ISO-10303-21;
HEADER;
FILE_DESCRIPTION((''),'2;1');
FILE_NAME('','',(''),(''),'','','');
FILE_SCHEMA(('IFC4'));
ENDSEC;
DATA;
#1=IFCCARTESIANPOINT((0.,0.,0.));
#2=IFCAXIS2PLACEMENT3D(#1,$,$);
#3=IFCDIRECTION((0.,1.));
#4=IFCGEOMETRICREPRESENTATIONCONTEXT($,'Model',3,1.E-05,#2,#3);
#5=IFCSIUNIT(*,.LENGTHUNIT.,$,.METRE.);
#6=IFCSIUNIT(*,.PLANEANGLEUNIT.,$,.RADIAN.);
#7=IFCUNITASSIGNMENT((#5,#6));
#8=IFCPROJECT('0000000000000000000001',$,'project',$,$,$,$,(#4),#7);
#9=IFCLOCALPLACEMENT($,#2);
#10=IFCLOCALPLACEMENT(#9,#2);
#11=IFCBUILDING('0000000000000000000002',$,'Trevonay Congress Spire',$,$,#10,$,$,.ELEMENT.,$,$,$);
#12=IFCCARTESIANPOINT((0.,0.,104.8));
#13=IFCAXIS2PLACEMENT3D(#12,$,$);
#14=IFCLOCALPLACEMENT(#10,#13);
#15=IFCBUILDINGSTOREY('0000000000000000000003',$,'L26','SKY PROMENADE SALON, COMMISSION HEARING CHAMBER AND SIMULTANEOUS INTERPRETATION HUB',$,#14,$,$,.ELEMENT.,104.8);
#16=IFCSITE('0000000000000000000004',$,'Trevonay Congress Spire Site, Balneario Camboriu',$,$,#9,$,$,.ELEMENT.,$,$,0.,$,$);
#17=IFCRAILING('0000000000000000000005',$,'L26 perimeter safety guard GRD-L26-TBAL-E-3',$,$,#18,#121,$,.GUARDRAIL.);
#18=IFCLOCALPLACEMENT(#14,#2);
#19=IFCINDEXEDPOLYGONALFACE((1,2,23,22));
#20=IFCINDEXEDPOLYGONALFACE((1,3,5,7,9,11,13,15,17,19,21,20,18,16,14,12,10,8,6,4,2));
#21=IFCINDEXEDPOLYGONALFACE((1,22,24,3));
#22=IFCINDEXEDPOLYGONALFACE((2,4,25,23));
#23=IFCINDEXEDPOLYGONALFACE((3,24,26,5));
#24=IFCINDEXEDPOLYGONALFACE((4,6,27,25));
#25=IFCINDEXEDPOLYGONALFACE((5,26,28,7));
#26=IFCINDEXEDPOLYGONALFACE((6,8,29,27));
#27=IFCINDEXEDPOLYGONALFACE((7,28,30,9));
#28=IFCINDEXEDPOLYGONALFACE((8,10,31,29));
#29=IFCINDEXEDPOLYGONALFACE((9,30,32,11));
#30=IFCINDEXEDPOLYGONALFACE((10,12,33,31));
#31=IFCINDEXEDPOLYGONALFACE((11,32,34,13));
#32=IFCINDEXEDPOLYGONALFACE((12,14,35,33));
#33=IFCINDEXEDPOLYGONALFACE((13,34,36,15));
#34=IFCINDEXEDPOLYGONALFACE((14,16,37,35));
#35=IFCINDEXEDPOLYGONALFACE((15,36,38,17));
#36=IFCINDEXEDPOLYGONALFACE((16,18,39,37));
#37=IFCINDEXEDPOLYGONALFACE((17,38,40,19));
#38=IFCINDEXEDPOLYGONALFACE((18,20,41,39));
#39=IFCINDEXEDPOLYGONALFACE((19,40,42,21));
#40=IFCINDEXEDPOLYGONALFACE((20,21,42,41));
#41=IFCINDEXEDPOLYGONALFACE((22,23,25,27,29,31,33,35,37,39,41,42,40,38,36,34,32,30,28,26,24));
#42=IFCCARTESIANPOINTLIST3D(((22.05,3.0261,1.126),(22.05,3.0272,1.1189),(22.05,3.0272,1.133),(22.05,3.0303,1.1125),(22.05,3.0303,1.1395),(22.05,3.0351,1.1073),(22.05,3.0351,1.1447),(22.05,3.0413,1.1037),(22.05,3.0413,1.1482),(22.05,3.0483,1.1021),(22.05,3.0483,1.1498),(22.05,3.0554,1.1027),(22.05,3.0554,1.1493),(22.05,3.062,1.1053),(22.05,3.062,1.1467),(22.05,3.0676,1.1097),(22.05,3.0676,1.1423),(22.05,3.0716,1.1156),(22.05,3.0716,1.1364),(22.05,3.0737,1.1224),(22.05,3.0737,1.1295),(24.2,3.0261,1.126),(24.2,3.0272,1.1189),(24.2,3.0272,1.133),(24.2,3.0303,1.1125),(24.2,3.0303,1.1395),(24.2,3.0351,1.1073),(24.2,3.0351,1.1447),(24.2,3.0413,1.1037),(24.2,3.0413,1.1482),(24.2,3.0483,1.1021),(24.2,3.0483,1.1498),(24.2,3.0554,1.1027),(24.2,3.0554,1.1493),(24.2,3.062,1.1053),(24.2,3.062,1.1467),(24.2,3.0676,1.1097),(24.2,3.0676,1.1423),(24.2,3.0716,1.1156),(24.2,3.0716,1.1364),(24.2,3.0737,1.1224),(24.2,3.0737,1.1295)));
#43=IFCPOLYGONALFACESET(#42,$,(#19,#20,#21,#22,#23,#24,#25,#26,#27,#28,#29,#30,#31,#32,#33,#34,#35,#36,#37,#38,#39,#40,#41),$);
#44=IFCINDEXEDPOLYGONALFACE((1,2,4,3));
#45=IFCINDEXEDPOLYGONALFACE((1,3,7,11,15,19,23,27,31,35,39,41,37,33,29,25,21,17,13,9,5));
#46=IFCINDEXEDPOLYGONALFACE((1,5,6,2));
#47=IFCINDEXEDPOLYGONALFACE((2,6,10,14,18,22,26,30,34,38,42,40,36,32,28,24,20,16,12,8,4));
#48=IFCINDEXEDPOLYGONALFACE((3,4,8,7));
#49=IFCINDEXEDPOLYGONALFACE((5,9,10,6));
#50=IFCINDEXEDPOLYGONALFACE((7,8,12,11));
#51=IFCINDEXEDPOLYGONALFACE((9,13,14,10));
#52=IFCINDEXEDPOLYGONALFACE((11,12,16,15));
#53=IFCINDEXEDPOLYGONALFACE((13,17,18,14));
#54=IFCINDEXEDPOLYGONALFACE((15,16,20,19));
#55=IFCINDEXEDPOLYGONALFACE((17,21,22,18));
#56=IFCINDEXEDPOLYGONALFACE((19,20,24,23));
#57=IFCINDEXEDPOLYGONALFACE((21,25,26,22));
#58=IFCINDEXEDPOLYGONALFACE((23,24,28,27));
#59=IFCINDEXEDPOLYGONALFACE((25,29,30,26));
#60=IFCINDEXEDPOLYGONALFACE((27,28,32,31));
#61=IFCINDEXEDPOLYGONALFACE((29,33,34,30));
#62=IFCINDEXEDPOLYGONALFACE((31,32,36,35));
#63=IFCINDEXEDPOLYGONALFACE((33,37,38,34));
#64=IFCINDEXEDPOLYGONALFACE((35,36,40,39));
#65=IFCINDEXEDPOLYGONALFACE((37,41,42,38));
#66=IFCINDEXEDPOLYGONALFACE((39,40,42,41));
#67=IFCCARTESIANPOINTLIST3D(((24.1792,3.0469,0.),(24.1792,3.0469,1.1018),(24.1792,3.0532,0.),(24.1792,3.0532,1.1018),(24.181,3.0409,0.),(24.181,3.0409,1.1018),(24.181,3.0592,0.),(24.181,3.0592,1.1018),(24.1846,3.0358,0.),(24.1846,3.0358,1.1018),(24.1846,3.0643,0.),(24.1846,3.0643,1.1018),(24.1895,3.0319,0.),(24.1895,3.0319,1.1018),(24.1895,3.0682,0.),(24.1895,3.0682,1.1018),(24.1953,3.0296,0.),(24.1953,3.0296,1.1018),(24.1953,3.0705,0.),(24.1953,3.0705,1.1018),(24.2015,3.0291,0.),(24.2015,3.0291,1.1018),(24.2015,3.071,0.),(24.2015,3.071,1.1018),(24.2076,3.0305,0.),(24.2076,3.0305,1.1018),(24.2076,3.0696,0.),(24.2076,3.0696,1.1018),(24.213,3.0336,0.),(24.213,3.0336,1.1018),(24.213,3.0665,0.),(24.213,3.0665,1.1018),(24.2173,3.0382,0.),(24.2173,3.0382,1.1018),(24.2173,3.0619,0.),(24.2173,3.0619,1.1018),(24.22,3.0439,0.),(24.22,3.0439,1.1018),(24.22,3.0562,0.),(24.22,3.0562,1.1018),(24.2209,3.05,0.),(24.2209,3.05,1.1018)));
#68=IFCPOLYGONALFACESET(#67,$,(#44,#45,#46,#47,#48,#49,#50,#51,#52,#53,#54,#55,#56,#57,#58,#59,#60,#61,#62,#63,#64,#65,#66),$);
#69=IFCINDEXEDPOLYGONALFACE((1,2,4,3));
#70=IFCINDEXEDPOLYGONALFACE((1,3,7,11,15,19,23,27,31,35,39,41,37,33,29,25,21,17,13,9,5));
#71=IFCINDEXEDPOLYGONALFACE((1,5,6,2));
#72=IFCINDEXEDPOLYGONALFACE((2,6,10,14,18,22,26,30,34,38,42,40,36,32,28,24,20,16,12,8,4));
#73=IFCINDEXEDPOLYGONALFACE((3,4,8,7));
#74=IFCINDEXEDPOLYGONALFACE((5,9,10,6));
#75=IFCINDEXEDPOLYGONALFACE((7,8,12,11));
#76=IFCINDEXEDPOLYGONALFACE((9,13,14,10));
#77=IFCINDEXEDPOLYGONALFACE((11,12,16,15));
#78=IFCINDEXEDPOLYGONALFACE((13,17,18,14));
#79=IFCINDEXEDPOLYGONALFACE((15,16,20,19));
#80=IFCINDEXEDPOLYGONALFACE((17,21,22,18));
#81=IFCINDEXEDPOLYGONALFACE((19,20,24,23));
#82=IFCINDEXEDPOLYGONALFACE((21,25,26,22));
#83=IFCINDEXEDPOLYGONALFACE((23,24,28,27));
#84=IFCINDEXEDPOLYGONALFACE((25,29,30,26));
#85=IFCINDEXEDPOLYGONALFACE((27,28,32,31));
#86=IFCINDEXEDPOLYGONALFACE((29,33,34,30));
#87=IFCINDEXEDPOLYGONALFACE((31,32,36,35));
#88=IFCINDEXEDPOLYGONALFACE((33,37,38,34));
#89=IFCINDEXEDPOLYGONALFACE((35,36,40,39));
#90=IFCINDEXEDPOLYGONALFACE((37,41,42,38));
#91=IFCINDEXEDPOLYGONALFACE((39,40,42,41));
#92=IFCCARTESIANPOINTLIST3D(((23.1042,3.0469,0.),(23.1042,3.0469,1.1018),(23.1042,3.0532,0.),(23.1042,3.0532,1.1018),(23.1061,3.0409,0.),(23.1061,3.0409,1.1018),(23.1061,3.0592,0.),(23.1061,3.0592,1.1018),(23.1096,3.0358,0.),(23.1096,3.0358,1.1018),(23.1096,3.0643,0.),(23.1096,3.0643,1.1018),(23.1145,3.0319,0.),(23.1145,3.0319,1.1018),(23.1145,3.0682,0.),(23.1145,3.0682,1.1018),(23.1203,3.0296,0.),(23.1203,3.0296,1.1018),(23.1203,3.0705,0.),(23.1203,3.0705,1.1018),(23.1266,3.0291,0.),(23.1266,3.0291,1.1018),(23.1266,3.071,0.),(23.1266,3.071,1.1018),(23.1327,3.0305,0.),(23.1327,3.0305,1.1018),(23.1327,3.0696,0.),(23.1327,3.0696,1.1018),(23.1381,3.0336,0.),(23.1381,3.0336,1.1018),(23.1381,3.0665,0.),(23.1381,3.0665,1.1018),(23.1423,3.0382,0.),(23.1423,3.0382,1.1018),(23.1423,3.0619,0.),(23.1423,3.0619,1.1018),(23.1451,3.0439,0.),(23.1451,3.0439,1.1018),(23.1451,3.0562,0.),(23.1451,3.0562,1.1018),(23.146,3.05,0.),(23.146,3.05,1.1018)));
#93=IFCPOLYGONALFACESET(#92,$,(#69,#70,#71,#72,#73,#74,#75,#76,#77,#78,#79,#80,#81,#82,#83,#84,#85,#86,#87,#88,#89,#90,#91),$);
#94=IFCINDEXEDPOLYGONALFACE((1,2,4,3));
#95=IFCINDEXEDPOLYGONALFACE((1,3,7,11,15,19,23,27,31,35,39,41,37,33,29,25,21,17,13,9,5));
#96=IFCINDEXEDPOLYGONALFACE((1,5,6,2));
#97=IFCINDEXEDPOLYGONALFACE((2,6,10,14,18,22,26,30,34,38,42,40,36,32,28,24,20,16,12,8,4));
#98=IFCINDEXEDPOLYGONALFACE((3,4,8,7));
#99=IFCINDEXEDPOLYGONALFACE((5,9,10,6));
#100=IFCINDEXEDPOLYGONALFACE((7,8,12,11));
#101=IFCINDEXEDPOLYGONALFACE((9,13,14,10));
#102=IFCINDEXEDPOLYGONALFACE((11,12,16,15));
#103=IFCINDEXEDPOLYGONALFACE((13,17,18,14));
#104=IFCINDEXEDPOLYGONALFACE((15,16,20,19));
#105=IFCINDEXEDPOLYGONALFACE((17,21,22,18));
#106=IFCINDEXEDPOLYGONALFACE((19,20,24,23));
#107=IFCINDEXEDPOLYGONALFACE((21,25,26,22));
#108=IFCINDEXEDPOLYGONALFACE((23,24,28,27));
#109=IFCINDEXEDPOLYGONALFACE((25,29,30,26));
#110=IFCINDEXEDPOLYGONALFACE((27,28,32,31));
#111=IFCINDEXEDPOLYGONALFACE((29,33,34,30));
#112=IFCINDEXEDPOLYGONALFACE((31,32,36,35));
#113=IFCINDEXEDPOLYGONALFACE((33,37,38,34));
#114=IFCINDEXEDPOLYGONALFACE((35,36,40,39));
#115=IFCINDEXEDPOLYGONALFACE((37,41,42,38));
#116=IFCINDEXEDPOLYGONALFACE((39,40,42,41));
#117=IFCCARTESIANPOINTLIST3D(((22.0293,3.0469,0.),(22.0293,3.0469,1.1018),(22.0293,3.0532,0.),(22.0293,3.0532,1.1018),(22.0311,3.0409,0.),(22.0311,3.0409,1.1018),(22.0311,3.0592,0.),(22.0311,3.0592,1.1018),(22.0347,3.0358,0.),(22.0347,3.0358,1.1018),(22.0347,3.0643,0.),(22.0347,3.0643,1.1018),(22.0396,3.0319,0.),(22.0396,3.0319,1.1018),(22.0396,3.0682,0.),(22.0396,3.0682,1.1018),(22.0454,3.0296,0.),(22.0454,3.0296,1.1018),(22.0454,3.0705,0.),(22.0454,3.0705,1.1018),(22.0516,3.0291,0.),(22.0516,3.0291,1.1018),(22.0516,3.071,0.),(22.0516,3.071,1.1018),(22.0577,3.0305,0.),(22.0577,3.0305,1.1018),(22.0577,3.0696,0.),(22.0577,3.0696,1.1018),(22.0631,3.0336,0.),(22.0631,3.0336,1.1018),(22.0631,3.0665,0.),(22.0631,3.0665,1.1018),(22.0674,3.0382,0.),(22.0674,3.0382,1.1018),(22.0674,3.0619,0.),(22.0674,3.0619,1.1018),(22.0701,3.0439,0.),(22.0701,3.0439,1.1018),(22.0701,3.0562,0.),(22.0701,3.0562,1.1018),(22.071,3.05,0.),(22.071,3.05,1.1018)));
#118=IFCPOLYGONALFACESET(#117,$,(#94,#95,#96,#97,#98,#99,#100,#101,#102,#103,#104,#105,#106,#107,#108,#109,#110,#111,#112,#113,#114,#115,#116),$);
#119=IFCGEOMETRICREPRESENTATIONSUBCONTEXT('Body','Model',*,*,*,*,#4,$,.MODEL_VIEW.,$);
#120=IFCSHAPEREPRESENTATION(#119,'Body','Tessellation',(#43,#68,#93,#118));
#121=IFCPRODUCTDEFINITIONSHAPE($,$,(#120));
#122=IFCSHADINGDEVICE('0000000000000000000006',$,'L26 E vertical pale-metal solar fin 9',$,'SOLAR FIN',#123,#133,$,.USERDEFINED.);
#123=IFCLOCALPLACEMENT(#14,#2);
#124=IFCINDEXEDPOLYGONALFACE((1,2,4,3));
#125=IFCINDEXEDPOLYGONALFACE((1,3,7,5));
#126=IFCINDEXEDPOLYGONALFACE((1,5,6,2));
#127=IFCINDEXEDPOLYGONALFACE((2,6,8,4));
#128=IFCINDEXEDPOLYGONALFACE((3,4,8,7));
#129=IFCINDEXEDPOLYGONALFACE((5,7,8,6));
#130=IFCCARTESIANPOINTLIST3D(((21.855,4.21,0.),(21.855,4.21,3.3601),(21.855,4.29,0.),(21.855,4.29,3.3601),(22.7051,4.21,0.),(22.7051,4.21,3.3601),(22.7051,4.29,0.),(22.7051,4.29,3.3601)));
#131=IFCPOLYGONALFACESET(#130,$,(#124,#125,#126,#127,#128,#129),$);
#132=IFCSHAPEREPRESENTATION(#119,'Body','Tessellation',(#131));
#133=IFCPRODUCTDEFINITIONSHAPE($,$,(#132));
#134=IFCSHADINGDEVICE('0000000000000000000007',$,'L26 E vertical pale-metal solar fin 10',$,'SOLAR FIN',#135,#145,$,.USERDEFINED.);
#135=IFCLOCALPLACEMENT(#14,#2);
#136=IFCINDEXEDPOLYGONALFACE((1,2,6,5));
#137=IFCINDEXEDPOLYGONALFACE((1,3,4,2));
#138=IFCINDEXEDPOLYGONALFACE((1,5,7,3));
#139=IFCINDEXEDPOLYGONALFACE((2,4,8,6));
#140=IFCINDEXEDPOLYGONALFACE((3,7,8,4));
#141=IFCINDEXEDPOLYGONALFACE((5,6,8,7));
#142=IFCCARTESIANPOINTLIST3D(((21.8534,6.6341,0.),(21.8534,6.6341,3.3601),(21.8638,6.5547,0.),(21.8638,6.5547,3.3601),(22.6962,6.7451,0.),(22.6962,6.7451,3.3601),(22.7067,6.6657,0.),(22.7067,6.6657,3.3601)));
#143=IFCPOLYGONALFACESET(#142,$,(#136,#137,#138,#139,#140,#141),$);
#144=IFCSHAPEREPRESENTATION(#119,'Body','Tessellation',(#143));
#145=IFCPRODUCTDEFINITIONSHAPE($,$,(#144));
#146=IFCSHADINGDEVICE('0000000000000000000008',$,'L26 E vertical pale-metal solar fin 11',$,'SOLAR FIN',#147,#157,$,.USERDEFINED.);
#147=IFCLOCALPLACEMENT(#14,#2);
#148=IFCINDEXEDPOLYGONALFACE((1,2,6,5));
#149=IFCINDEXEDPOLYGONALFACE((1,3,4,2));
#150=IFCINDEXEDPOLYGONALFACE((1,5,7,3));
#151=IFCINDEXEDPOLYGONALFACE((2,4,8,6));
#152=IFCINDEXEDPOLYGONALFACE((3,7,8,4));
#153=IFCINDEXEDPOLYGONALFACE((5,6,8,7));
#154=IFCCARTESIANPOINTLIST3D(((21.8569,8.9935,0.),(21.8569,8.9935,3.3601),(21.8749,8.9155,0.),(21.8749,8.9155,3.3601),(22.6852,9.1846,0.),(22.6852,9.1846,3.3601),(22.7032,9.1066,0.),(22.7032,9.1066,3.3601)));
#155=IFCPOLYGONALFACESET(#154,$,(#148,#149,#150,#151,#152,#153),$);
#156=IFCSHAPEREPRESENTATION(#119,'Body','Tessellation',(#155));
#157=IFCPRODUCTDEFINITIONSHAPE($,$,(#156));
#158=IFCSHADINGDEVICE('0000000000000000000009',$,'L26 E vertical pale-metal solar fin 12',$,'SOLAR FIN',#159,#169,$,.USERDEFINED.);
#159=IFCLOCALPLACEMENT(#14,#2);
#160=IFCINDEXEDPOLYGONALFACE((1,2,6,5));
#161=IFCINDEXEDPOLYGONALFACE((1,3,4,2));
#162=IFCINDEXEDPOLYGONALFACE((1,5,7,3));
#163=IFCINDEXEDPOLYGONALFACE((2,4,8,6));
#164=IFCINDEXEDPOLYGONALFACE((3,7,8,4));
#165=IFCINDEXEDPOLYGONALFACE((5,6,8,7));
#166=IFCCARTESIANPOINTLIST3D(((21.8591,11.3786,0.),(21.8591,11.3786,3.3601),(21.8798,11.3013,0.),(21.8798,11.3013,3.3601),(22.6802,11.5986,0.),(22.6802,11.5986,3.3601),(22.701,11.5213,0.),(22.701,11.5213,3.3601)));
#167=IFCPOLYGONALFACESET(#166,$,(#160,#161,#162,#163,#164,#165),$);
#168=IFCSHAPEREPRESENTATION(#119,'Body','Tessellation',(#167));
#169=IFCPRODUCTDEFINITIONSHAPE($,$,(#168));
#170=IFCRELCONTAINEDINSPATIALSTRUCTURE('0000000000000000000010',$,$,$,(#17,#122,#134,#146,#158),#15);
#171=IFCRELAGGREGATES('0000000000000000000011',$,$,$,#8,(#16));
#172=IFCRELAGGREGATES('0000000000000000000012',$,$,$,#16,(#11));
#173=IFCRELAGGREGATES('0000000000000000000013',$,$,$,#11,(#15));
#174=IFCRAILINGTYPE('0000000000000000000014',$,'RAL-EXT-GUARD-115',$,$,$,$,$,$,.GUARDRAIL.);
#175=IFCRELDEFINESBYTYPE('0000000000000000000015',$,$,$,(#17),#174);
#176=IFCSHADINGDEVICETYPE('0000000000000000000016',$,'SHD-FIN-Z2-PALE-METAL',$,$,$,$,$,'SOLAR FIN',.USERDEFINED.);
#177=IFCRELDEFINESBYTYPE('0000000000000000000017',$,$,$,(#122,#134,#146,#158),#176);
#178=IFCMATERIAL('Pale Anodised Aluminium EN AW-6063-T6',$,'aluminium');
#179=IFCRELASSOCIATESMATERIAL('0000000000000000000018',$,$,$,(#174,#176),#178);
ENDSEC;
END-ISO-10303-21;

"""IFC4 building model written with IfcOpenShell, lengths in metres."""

from ifc_helpers import new_model, si_unit, direction, frame, origin, origin_2d, place, context, subcontext, project, spatial, rectangle, circle, extrude, material, type_object, element, save


model = new_model("IFC4")

# Units and contexts
model_context = context("Model", 3, precision=1e-05, world=origin(), true_north=direction((0.0, 1.0)))
body_context = subcontext(model_context, "Body", "Model", "MODEL_VIEW")
ifc_project = project(units=[si_unit("LENGTHUNIT", "METRE"), si_unit("PLANEANGLEUNIT", "RADIAN")], contexts=[model_context])

# Site, building, storey
site_placement = place(None, origin())
site = spatial("IfcSite", under=ifc_project, at=site_placement, Name="Trevonay Congress Spire Site, Balneario Camboriu", CompositionType="ELEMENT", RefElevation=0.0)
building_placement = place(site_placement, origin())
building = spatial("IfcBuilding", under=site, at=building_placement, Name="Trevonay Congress Spire", CompositionType="ELEMENT")
storey_placement = place(building_placement, frame((0.0, 0.0, 104.8)))
storey = spatial("IfcBuildingStorey", under=building, at=storey_placement, Name="L26", Description="SKY PROMENADE SALON, COMMISSION HEARING CHAMBER AND SIMULTANEOUS INTERPRETATION HUB", CompositionType="ELEMENT", Elevation=104.8)

# Shared definitions
ifc_material_1 = material(Name="Pale Anodised Aluminium EN AW-6063-T6", Category="aluminium")

# Railing
railing_type = type_object("IfcRailingType", Name="RAL-EXT-GUARD-115", PredefinedType="GUARDRAIL", material=ifc_material_1)
railing_placement = place(storey_placement, frame((24.2, 3.05, 0.0)))
element("IfcRailing", 1, at=railing_placement, inside=storey, type_object=railing_type, Name="L26 perimeter safety guard GRD-L26-TBAL-E-3", PredefinedType="GUARDRAIL", context=body_context, shape_type="SweptSolid", body=[
    extrude(circle(Radius=0.0239, at=origin_2d()), frame((0.0, 0.0, 1.126), z_axis=(-1.0, 0.0, 0.0), x_axis=(0.0, -1.0, 0.0)), (0.0, 0.0, 1.0), 2.1499),
    extrude(circle(Radius=0.021, at=origin_2d()), origin(), (0.0, 0.0, 1.0), 1.1018),
    extrude(circle(Radius=0.021, at=origin_2d()), frame((-1.075, 0.0, 0.0)), (0.0, 0.0, 1.0), 1.1018),
    extrude(circle(Radius=0.021, at=origin_2d()), frame((-2.1499, 0.0, 0.0)), (0.0, 0.0, 1.0), 1.1018),
])

# Shading devices
shading_device_type = type_object("IfcShadingDeviceType", Name="SHD-FIN-Z2-PALE-METAL", ElementType="SOLAR FIN", PredefinedType="USERDEFINED", material=ifc_material_1)
for number, where, z_axis, x_axis, name in (
    (2, (22.28, 4.25, 0.0), (0.0, 0.0, 1.0), (0.0, 1.0, 0.0), "L26 E vertical pale-metal solar fin 9"),
    (3, (22.28, 6.6499, 0.0), (0.0, 0.0, 1.0), (-0.130526, 0.991445, 0.0), "L26 E vertical pale-metal solar fin 10"),
    (4, (22.28, 9.05, 0.0), (0.0, 0.0, 1.0), (-0.224781, 0.974409, 0.0), "L26 E vertical pale-metal solar fin 11"),
    (5, (22.28, 11.45, 0.0), (0.0, 0.0, 1.0), (-0.258819, 0.965926, 0.0), "L26 E vertical pale-metal solar fin 12"),
):
    element("IfcShadingDevice", number, at=place(storey_placement, frame(where, z_axis=z_axis, x_axis=x_axis)), inside=storey, type_object=shading_device_type, Name=name, ObjectType="SOLAR FIN", PredefinedType="USERDEFINED", context=body_context, shape_type="SweptSolid", body=[
        extrude(rectangle(XDim=0.0801, YDim=0.8501, at=origin_2d()), origin(), (0.0, 0.0, 1.0), 3.3601),
    ])

save(model, "model.ifc")
